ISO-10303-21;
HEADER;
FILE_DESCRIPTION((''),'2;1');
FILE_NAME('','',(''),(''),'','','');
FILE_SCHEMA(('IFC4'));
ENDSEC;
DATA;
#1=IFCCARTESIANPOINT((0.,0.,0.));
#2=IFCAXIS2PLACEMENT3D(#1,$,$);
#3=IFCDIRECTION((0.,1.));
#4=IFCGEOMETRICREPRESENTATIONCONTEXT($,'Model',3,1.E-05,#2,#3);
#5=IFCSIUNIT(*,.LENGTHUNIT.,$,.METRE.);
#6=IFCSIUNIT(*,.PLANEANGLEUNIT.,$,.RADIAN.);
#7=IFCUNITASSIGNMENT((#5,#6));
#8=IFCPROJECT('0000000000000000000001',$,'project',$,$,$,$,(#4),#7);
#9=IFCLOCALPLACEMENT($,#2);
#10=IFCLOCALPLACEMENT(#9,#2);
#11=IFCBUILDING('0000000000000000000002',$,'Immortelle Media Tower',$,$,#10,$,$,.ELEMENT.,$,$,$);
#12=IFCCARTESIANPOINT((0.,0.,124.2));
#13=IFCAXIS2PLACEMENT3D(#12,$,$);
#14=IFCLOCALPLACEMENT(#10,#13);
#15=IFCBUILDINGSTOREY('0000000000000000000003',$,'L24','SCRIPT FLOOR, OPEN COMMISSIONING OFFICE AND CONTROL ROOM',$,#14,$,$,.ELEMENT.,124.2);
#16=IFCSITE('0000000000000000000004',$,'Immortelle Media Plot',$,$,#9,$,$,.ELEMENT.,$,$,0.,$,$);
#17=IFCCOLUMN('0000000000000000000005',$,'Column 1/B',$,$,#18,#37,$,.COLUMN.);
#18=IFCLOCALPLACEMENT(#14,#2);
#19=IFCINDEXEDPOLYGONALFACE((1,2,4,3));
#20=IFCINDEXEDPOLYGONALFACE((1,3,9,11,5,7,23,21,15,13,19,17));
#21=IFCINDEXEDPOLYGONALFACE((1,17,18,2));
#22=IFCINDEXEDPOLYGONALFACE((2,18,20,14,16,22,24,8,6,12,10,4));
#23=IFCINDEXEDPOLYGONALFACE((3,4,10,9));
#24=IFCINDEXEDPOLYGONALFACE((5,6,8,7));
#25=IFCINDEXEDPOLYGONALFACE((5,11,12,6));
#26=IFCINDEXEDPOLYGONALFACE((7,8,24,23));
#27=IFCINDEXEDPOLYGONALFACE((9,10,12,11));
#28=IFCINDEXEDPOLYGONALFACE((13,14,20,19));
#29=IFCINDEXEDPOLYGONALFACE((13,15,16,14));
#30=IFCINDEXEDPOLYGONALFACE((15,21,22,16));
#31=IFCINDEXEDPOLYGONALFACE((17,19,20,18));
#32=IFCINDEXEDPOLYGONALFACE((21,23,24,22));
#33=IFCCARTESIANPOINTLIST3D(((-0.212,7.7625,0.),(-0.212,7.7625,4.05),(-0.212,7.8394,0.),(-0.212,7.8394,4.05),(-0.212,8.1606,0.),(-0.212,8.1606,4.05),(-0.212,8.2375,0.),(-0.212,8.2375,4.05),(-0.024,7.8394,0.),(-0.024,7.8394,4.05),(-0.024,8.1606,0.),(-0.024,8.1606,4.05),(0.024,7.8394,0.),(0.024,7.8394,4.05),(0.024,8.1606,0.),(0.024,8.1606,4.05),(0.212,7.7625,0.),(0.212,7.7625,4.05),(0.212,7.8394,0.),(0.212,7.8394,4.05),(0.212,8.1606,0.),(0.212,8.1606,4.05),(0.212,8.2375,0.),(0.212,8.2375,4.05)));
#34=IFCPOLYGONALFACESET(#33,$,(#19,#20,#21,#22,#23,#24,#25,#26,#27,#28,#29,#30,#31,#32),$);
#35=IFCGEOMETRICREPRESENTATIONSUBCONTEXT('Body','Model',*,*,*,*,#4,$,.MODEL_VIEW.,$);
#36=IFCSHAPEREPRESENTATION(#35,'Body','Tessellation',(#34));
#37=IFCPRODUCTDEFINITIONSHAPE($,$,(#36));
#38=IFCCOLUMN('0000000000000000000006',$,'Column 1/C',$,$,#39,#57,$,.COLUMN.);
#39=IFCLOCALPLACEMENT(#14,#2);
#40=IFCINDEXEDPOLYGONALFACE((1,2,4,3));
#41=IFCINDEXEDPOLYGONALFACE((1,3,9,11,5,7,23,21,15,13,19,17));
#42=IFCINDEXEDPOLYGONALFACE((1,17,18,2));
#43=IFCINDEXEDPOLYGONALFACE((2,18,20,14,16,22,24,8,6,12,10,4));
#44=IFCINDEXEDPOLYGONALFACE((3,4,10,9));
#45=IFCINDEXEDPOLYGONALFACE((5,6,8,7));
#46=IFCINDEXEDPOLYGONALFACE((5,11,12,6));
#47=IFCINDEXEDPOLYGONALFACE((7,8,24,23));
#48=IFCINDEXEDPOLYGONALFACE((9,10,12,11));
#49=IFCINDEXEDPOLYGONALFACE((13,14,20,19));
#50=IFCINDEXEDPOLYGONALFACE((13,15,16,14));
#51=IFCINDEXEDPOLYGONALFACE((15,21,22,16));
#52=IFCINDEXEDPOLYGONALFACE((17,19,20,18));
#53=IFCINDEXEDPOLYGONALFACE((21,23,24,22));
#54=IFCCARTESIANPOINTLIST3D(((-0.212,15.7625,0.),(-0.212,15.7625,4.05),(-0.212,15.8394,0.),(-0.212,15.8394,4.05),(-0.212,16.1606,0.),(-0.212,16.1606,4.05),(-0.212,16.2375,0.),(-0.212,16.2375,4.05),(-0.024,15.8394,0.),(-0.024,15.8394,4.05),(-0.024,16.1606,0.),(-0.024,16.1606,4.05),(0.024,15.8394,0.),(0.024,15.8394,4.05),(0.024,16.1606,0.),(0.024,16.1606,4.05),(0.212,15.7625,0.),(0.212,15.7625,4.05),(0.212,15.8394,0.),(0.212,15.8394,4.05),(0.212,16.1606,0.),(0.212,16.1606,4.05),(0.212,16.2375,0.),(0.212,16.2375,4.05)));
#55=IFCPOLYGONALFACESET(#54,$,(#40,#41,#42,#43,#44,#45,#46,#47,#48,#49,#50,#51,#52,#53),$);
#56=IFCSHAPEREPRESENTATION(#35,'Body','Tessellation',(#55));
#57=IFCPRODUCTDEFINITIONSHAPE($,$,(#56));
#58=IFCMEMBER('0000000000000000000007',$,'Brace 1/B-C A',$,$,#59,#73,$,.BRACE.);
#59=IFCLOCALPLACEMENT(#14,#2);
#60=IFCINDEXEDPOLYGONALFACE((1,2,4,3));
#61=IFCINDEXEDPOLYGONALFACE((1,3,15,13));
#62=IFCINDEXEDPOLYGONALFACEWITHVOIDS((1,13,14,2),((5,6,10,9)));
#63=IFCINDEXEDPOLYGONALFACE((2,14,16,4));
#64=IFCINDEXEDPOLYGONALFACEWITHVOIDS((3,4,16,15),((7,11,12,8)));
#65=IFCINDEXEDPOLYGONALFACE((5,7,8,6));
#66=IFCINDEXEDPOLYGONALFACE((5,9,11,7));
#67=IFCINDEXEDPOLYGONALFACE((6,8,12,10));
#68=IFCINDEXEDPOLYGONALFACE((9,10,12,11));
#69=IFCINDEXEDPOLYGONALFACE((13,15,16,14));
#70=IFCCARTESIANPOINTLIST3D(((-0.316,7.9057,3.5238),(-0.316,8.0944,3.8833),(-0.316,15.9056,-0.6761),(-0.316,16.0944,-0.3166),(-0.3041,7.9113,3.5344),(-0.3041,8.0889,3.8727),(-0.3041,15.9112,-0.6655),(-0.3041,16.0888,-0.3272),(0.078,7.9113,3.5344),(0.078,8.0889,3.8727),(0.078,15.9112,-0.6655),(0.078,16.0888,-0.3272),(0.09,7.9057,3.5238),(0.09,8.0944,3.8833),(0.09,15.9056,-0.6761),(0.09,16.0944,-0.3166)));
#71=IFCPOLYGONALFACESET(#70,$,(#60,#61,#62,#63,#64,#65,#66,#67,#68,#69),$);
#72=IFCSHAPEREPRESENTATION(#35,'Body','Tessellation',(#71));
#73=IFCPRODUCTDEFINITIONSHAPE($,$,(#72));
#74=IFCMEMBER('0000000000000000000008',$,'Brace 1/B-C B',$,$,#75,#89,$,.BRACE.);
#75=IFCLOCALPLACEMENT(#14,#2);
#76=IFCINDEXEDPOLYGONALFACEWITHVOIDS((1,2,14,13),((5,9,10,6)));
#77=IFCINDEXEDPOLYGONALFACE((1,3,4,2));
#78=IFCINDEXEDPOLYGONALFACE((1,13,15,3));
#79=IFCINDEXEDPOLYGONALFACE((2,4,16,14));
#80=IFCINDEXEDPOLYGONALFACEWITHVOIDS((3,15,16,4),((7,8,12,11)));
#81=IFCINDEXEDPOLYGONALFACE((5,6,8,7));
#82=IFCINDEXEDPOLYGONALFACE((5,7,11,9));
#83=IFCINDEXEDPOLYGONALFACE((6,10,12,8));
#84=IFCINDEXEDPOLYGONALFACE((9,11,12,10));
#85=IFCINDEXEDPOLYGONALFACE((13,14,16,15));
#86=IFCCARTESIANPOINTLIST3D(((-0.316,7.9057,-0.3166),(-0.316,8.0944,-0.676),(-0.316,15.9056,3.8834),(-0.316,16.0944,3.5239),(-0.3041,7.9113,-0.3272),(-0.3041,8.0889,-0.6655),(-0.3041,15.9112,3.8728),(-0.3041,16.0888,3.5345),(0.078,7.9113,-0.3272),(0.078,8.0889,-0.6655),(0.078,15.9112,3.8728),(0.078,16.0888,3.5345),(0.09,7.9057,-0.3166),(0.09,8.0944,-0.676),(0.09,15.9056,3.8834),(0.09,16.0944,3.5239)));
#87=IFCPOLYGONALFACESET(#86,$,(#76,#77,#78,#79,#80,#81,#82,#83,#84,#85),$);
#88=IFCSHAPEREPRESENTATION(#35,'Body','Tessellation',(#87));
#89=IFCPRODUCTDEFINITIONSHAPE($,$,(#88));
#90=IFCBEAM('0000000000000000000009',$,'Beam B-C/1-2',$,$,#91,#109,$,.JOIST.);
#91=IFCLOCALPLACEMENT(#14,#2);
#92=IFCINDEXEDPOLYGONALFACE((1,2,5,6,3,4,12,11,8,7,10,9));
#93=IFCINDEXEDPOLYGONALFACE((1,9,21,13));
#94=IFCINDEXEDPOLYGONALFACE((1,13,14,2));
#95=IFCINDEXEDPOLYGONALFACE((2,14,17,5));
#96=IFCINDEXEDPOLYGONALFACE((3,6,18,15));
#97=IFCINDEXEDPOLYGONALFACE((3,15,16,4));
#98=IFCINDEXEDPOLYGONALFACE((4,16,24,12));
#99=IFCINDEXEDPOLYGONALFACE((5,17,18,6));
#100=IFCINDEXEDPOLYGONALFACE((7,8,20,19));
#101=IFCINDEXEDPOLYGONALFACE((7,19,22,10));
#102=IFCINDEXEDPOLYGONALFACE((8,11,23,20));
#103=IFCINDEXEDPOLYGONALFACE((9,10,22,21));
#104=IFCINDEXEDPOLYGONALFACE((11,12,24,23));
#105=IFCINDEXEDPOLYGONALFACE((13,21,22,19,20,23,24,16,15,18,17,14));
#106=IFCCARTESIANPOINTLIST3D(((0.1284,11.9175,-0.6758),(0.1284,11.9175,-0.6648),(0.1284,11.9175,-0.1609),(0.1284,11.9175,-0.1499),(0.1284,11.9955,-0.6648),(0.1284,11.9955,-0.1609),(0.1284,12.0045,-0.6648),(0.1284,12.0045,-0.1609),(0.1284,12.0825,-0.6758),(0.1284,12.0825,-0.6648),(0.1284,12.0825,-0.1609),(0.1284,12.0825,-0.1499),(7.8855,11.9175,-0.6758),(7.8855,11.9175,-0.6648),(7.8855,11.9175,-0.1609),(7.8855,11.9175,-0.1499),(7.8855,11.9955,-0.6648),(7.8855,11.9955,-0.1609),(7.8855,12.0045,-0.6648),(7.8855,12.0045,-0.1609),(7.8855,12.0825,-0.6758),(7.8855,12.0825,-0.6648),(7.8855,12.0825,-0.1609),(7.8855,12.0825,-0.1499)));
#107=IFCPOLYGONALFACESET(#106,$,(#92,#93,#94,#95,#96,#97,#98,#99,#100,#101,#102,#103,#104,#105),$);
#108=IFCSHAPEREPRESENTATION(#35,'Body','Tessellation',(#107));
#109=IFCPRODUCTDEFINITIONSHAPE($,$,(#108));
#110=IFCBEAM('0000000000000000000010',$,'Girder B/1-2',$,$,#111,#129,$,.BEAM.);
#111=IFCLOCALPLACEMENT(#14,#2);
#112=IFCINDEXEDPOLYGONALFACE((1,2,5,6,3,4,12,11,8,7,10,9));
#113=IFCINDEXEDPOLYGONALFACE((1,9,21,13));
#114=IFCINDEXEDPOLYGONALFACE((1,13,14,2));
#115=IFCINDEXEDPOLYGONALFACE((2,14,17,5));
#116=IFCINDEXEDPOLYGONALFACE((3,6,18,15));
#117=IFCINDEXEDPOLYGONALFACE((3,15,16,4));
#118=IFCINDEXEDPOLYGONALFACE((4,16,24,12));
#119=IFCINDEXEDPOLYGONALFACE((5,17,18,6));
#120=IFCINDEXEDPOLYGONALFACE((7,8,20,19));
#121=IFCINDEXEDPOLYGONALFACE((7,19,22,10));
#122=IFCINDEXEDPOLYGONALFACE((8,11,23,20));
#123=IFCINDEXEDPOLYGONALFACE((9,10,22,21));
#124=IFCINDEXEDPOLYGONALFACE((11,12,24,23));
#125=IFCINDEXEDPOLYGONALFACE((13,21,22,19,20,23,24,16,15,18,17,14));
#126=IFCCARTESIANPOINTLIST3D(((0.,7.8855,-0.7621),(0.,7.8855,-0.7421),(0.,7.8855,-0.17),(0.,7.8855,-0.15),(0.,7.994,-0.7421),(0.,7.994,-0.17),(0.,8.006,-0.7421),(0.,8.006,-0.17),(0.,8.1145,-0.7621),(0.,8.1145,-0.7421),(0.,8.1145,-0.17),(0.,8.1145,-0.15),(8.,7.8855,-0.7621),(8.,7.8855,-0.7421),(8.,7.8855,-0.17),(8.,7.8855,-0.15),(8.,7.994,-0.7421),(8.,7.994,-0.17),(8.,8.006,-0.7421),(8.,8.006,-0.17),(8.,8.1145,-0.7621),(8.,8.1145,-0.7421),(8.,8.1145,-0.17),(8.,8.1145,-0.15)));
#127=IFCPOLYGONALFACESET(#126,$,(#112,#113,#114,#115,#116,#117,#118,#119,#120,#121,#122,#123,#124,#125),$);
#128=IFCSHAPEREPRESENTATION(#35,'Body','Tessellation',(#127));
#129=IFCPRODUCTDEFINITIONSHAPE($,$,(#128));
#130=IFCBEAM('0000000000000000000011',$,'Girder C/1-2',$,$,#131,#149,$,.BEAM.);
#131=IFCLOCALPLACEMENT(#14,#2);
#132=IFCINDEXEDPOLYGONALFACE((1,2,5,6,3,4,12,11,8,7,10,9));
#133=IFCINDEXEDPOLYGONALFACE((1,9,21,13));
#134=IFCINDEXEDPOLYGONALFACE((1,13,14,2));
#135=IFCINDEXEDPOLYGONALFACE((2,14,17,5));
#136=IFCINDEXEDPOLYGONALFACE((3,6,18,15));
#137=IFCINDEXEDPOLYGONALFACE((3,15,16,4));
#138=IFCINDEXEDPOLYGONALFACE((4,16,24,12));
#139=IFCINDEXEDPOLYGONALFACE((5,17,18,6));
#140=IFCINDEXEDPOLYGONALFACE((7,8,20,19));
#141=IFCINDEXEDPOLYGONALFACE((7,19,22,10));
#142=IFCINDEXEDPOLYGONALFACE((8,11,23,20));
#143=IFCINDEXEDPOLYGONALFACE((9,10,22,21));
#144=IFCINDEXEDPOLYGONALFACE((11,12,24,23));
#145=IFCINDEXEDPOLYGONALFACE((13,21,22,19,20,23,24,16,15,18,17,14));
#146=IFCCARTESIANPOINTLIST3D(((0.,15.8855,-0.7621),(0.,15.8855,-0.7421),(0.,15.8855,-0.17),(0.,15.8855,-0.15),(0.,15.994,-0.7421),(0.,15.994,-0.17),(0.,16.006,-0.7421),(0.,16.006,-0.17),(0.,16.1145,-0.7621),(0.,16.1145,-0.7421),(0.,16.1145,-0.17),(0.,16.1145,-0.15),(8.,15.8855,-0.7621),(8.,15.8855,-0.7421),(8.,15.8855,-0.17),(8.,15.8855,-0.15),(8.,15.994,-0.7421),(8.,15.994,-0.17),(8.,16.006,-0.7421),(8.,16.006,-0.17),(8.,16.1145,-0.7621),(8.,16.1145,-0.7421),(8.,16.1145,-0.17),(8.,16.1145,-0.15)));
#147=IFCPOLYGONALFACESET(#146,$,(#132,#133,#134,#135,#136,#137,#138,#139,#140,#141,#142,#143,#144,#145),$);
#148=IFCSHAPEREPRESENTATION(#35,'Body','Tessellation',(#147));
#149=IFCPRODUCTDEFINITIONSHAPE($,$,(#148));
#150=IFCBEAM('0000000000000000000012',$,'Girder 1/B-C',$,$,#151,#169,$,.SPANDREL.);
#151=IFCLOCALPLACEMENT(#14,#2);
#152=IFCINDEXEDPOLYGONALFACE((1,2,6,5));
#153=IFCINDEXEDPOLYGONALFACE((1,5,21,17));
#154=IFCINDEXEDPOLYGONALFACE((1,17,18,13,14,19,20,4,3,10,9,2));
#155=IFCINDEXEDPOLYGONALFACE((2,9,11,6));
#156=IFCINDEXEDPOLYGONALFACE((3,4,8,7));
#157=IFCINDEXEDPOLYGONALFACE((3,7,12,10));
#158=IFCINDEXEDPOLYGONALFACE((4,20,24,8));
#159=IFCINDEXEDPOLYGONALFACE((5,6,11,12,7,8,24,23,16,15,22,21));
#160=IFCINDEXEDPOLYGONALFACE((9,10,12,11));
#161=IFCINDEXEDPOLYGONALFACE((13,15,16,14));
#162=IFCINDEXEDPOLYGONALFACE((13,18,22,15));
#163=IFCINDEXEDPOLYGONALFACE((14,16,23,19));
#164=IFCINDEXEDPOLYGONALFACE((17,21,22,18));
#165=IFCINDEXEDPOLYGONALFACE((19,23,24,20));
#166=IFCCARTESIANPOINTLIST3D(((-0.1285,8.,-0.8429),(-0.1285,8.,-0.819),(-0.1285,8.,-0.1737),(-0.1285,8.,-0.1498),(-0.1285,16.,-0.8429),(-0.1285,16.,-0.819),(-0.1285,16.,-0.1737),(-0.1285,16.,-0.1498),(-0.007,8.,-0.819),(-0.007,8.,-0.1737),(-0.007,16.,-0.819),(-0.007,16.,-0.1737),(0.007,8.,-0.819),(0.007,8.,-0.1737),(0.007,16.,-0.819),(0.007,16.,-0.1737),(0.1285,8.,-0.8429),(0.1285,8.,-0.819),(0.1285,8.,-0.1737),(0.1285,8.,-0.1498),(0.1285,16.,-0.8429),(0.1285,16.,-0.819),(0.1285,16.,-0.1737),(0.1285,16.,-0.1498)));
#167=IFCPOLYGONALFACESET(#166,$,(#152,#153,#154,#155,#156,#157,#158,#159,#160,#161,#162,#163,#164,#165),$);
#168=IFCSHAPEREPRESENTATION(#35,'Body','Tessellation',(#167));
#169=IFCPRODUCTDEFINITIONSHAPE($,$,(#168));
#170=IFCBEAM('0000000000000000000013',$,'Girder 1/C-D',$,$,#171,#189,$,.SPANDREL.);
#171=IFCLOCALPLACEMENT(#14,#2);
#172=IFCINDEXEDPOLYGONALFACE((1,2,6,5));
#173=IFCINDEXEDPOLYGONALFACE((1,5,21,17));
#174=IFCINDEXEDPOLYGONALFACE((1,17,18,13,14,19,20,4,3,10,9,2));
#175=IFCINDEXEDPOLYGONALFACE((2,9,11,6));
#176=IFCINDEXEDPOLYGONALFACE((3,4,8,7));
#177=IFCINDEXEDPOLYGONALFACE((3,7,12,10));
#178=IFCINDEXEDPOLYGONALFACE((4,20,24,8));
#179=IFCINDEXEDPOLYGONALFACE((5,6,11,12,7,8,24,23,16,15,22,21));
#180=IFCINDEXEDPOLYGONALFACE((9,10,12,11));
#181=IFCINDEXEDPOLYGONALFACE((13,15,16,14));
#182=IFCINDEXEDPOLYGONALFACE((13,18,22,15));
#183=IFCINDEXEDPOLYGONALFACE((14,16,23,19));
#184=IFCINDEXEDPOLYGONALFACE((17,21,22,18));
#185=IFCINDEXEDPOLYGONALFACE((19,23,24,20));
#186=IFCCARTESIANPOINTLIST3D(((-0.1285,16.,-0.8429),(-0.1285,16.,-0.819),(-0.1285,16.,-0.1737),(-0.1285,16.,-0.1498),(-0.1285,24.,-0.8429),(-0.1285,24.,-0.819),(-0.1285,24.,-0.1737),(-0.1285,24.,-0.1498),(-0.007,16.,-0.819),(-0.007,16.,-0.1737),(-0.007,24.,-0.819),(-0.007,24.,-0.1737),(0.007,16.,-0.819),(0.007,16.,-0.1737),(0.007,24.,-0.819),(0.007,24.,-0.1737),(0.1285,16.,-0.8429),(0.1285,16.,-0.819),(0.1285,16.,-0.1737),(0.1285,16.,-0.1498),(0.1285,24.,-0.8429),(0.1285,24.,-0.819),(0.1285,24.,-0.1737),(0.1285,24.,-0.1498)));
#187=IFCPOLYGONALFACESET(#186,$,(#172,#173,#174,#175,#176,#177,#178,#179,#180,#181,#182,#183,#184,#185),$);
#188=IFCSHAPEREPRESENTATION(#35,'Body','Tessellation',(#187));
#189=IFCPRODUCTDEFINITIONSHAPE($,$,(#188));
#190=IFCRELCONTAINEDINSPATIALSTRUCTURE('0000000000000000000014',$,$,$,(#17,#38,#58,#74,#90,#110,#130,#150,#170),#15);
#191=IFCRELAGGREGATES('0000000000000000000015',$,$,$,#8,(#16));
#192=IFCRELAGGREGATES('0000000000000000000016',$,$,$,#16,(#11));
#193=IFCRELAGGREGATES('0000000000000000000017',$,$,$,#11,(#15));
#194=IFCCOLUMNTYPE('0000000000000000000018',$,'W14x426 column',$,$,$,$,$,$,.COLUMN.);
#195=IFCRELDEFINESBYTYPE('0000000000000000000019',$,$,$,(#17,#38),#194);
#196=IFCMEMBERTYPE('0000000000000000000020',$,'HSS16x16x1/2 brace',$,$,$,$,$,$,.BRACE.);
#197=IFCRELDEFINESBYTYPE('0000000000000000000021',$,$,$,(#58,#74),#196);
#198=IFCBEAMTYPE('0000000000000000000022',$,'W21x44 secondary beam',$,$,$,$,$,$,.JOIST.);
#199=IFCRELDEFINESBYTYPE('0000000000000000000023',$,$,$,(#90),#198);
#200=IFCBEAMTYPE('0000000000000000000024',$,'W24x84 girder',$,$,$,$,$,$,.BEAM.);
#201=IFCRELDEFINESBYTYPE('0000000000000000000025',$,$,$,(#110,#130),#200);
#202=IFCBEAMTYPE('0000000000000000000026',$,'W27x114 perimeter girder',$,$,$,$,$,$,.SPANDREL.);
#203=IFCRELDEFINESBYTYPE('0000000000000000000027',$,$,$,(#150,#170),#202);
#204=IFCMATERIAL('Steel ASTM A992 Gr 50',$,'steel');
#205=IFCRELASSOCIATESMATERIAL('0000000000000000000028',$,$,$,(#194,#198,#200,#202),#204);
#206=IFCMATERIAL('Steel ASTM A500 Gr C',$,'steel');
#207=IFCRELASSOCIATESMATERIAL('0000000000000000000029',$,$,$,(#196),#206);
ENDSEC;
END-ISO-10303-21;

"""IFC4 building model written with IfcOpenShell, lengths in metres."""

from ifc_helpers import new_model, si_unit, direction, frame, origin, origin_2d, place, context, subcontext, project, spatial, hollow_rectangle, i_section, extrude, material, material_profile, profile_set, type_object, element, save


model = new_model("IFC4")

# Units and contexts
model_context = context("Model", 3, precision=1e-05, world=origin(), true_north=direction((0.0, 1.0)))
body_context = subcontext(model_context, "Body", "Model", "MODEL_VIEW")
ifc_project = project(units=[si_unit("LENGTHUNIT", "METRE"), si_unit("PLANEANGLEUNIT", "RADIAN")], contexts=[model_context])

# Site, building, storey
site_placement = place(None, origin())
site = spatial("IfcSite", under=ifc_project, at=site_placement, Name="Immortelle Media Plot", CompositionType="ELEMENT", RefElevation=0.0)
building_placement = place(site_placement, origin())
building = spatial("IfcBuilding", under=site, at=building_placement, Name="Immortelle Media Tower", CompositionType="ELEMENT")
storey_placement = place(building_placement, frame((0.0, 0.0, 124.2)))
storey = spatial("IfcBuildingStorey", under=building, at=storey_placement, Name="L24", Description="SCRIPT FLOOR, OPEN COMMISSIONING OFFICE AND CONTROL ROOM", CompositionType="ELEMENT", Elevation=124.2)

# Columns
ifc_material_1 = material(Name="Steel ASTM A992 Gr 50", Category="steel")
ifc_material_profile_1 = material_profile(ifc_material_1, i_section(OverallWidth=0.4241, OverallDepth=0.4751, WebThickness=0.0481, FlangeThickness=0.0769, at=origin_2d()), Name="W14x426")
ifc_profile_set_1 = profile_set([ifc_material_profile_1], Name="Steel ASTM A992 Gr 50")
column_type = type_object("IfcColumnType", Name="W14x426 column", PredefinedType="COLUMN", material=ifc_profile_set_1)
for number, where, z_axis, x_axis, name in (
    (1, (0.0, 8.0, 0.0), (0.0, 0.0, 1.0), (1.0, 0.0, 0.0), "Column 1/B"),
    (2, (0.0, 16.0, 0.0), (0.0, 0.0, 1.0), (1.0, 0.0, 0.0), "Column 1/C"),
):
    element("IfcColumn", number, at=place(storey_placement, frame(where, z_axis=z_axis, x_axis=x_axis)), inside=storey, type_object=column_type, Name=name, PredefinedType="COLUMN", context=body_context, shape_type="SweptSolid", body=[
        extrude(i_section(OverallWidth=0.4241, OverallDepth=0.4751, WebThickness=0.0481, FlangeThickness=0.0769, at=origin_2d()), origin(), (0.0, 0.0, 1.0), 4.05),
    ])

# Members
ifc_material_2 = material(Name="Steel ASTM A500 Gr C", Category="steel")
ifc_material_profile_2 = material_profile(ifc_material_2, hollow_rectangle(XDim=0.406, YDim=0.406, WallThickness=0.012, at=origin_2d()), Name="HSS16x16x1/2 brace")
ifc_profile_set_2 = profile_set([ifc_material_profile_2], Name="Steel ASTM A500 Gr C")
member_type = type_object("IfcMemberType", Name="HSS16x16x1/2 brace", PredefinedType="BRACE", material=ifc_profile_set_2)
for number, where, z_axis, x_axis, name in (
    (3, (-0.113, 16.0, -0.4963), (0.0, -0.8854, 0.46483), (1.0, 0.0, 0.0), "Brace 1/B-C A"),
    (4, (-0.113, 16.0, 3.7036), (0.0, -0.8854, -0.46483), (1.0, 0.0, 0.0), "Brace 1/B-C B"),
):
    element("IfcMember", number, at=place(storey_placement, frame(where, z_axis=z_axis, x_axis=x_axis)), inside=storey, type_object=member_type, Name=name, PredefinedType="BRACE", context=body_context, shape_type="SweptSolid", body=[
        extrude(hollow_rectangle(XDim=0.406, YDim=0.406, WallThickness=0.012, at=origin_2d()), origin(), (0.0, 0.0, 1.0), 9.0354),
    ])

# Beams
ifc_material_profile_3 = material_profile(ifc_material_1, i_section(OverallWidth=0.165, OverallDepth=0.5259, WebThickness=0.009, FlangeThickness=0.011, at=origin_2d()), Name="W21x44")
ifc_profile_set_3 = profile_set([ifc_material_profile_3], Name="Steel ASTM A992 Gr 50")
beam_type_1 = type_object("IfcBeamType", Name="W21x44 secondary beam", PredefinedType="JOIST", material=ifc_profile_set_3)
beam_placement = place(storey_placement, frame((0.1284, 12.0, -0.4128), z_axis=(1.0, 0.0, 0.0), x_axis=(0.0, 1.0, 0.0)))
element("IfcBeam", 5, at=beam_placement, inside=storey, type_object=beam_type_1, Name="Beam B-C/1-2", PredefinedType="JOIST", context=body_context, shape_type="SweptSolid", body=[
    extrude(i_section(OverallWidth=0.165, OverallDepth=0.5259, WebThickness=0.009, FlangeThickness=0.011, at=origin_2d()), origin(), (0.0, 0.0, 1.0), 7.7571),
])
ifc_material_profile_4 = material_profile(ifc_material_1, i_section(OverallWidth=0.229, OverallDepth=0.6121, WebThickness=0.012, FlangeThickness=0.02, at=origin_2d()), Name="W24x84")
ifc_profile_set_4 = profile_set([ifc_material_profile_4], Name="Steel ASTM A992 Gr 50")
beam_type_2 = type_object("IfcBeamType", Name="W24x84 girder", PredefinedType="BEAM", material=ifc_profile_set_4)
for number, where, z_axis, x_axis, name in (
    (6, (0.0, 8.0, -0.4561), (1.0, 0.0, 0.0), (0.0, 1.0, 0.0), "Girder B/1-2"),
    (7, (0.0, 16.0, -0.4561), (1.0, 0.0, 0.0), (0.0, 1.0, 0.0), "Girder C/1-2"),
):
    element("IfcBeam", number, at=place(storey_placement, frame(where, z_axis=z_axis, x_axis=x_axis)), inside=storey, type_object=beam_type_2, Name=name, PredefinedType="BEAM", context=body_context, shape_type="SweptSolid", body=[
        extrude(i_section(OverallWidth=0.229, OverallDepth=0.6121, WebThickness=0.012, FlangeThickness=0.02, at=origin_2d()), origin(), (0.0, 0.0, 1.0), 8.0),
    ])
ifc_material_profile_5 = material_profile(ifc_material_1, i_section(OverallWidth=0.2571, OverallDepth=0.6931, WebThickness=0.0139, FlangeThickness=0.0239, at=origin_2d()), Name="W27x114")
ifc_profile_set_5 = profile_set([ifc_material_profile_5], Name="Steel ASTM A992 Gr 50")
beam_type_3 = type_object("IfcBeamType", Name="W27x114 perimeter girder", PredefinedType="SPANDREL", material=ifc_profile_set_5)
for number, where, z_axis, x_axis, name in (
    (8, (0.0, 8.0, -0.4963), (0.0, 1.0, 0.0), (-1.0, 0.0, 0.0), "Girder 1/B-C"),
    (9, (0.0, 16.0, -0.4963), (0.0, 1.0, 0.0), (-1.0, 0.0, 0.0), "Girder 1/C-D"),
):
    element("IfcBeam", number, at=place(storey_placement, frame(where, z_axis=z_axis, x_axis=x_axis)), inside=storey, type_object=beam_type_3, Name=name, PredefinedType="SPANDREL", context=body_context, shape_type="SweptSolid", body=[
        extrude(i_section(OverallWidth=0.2571, OverallDepth=0.6931, WebThickness=0.0139, FlangeThickness=0.0239, at=origin_2d()), origin(), (0.0, 0.0, 1.0), 8.0),
    ])

save(model, "model.ifc")
